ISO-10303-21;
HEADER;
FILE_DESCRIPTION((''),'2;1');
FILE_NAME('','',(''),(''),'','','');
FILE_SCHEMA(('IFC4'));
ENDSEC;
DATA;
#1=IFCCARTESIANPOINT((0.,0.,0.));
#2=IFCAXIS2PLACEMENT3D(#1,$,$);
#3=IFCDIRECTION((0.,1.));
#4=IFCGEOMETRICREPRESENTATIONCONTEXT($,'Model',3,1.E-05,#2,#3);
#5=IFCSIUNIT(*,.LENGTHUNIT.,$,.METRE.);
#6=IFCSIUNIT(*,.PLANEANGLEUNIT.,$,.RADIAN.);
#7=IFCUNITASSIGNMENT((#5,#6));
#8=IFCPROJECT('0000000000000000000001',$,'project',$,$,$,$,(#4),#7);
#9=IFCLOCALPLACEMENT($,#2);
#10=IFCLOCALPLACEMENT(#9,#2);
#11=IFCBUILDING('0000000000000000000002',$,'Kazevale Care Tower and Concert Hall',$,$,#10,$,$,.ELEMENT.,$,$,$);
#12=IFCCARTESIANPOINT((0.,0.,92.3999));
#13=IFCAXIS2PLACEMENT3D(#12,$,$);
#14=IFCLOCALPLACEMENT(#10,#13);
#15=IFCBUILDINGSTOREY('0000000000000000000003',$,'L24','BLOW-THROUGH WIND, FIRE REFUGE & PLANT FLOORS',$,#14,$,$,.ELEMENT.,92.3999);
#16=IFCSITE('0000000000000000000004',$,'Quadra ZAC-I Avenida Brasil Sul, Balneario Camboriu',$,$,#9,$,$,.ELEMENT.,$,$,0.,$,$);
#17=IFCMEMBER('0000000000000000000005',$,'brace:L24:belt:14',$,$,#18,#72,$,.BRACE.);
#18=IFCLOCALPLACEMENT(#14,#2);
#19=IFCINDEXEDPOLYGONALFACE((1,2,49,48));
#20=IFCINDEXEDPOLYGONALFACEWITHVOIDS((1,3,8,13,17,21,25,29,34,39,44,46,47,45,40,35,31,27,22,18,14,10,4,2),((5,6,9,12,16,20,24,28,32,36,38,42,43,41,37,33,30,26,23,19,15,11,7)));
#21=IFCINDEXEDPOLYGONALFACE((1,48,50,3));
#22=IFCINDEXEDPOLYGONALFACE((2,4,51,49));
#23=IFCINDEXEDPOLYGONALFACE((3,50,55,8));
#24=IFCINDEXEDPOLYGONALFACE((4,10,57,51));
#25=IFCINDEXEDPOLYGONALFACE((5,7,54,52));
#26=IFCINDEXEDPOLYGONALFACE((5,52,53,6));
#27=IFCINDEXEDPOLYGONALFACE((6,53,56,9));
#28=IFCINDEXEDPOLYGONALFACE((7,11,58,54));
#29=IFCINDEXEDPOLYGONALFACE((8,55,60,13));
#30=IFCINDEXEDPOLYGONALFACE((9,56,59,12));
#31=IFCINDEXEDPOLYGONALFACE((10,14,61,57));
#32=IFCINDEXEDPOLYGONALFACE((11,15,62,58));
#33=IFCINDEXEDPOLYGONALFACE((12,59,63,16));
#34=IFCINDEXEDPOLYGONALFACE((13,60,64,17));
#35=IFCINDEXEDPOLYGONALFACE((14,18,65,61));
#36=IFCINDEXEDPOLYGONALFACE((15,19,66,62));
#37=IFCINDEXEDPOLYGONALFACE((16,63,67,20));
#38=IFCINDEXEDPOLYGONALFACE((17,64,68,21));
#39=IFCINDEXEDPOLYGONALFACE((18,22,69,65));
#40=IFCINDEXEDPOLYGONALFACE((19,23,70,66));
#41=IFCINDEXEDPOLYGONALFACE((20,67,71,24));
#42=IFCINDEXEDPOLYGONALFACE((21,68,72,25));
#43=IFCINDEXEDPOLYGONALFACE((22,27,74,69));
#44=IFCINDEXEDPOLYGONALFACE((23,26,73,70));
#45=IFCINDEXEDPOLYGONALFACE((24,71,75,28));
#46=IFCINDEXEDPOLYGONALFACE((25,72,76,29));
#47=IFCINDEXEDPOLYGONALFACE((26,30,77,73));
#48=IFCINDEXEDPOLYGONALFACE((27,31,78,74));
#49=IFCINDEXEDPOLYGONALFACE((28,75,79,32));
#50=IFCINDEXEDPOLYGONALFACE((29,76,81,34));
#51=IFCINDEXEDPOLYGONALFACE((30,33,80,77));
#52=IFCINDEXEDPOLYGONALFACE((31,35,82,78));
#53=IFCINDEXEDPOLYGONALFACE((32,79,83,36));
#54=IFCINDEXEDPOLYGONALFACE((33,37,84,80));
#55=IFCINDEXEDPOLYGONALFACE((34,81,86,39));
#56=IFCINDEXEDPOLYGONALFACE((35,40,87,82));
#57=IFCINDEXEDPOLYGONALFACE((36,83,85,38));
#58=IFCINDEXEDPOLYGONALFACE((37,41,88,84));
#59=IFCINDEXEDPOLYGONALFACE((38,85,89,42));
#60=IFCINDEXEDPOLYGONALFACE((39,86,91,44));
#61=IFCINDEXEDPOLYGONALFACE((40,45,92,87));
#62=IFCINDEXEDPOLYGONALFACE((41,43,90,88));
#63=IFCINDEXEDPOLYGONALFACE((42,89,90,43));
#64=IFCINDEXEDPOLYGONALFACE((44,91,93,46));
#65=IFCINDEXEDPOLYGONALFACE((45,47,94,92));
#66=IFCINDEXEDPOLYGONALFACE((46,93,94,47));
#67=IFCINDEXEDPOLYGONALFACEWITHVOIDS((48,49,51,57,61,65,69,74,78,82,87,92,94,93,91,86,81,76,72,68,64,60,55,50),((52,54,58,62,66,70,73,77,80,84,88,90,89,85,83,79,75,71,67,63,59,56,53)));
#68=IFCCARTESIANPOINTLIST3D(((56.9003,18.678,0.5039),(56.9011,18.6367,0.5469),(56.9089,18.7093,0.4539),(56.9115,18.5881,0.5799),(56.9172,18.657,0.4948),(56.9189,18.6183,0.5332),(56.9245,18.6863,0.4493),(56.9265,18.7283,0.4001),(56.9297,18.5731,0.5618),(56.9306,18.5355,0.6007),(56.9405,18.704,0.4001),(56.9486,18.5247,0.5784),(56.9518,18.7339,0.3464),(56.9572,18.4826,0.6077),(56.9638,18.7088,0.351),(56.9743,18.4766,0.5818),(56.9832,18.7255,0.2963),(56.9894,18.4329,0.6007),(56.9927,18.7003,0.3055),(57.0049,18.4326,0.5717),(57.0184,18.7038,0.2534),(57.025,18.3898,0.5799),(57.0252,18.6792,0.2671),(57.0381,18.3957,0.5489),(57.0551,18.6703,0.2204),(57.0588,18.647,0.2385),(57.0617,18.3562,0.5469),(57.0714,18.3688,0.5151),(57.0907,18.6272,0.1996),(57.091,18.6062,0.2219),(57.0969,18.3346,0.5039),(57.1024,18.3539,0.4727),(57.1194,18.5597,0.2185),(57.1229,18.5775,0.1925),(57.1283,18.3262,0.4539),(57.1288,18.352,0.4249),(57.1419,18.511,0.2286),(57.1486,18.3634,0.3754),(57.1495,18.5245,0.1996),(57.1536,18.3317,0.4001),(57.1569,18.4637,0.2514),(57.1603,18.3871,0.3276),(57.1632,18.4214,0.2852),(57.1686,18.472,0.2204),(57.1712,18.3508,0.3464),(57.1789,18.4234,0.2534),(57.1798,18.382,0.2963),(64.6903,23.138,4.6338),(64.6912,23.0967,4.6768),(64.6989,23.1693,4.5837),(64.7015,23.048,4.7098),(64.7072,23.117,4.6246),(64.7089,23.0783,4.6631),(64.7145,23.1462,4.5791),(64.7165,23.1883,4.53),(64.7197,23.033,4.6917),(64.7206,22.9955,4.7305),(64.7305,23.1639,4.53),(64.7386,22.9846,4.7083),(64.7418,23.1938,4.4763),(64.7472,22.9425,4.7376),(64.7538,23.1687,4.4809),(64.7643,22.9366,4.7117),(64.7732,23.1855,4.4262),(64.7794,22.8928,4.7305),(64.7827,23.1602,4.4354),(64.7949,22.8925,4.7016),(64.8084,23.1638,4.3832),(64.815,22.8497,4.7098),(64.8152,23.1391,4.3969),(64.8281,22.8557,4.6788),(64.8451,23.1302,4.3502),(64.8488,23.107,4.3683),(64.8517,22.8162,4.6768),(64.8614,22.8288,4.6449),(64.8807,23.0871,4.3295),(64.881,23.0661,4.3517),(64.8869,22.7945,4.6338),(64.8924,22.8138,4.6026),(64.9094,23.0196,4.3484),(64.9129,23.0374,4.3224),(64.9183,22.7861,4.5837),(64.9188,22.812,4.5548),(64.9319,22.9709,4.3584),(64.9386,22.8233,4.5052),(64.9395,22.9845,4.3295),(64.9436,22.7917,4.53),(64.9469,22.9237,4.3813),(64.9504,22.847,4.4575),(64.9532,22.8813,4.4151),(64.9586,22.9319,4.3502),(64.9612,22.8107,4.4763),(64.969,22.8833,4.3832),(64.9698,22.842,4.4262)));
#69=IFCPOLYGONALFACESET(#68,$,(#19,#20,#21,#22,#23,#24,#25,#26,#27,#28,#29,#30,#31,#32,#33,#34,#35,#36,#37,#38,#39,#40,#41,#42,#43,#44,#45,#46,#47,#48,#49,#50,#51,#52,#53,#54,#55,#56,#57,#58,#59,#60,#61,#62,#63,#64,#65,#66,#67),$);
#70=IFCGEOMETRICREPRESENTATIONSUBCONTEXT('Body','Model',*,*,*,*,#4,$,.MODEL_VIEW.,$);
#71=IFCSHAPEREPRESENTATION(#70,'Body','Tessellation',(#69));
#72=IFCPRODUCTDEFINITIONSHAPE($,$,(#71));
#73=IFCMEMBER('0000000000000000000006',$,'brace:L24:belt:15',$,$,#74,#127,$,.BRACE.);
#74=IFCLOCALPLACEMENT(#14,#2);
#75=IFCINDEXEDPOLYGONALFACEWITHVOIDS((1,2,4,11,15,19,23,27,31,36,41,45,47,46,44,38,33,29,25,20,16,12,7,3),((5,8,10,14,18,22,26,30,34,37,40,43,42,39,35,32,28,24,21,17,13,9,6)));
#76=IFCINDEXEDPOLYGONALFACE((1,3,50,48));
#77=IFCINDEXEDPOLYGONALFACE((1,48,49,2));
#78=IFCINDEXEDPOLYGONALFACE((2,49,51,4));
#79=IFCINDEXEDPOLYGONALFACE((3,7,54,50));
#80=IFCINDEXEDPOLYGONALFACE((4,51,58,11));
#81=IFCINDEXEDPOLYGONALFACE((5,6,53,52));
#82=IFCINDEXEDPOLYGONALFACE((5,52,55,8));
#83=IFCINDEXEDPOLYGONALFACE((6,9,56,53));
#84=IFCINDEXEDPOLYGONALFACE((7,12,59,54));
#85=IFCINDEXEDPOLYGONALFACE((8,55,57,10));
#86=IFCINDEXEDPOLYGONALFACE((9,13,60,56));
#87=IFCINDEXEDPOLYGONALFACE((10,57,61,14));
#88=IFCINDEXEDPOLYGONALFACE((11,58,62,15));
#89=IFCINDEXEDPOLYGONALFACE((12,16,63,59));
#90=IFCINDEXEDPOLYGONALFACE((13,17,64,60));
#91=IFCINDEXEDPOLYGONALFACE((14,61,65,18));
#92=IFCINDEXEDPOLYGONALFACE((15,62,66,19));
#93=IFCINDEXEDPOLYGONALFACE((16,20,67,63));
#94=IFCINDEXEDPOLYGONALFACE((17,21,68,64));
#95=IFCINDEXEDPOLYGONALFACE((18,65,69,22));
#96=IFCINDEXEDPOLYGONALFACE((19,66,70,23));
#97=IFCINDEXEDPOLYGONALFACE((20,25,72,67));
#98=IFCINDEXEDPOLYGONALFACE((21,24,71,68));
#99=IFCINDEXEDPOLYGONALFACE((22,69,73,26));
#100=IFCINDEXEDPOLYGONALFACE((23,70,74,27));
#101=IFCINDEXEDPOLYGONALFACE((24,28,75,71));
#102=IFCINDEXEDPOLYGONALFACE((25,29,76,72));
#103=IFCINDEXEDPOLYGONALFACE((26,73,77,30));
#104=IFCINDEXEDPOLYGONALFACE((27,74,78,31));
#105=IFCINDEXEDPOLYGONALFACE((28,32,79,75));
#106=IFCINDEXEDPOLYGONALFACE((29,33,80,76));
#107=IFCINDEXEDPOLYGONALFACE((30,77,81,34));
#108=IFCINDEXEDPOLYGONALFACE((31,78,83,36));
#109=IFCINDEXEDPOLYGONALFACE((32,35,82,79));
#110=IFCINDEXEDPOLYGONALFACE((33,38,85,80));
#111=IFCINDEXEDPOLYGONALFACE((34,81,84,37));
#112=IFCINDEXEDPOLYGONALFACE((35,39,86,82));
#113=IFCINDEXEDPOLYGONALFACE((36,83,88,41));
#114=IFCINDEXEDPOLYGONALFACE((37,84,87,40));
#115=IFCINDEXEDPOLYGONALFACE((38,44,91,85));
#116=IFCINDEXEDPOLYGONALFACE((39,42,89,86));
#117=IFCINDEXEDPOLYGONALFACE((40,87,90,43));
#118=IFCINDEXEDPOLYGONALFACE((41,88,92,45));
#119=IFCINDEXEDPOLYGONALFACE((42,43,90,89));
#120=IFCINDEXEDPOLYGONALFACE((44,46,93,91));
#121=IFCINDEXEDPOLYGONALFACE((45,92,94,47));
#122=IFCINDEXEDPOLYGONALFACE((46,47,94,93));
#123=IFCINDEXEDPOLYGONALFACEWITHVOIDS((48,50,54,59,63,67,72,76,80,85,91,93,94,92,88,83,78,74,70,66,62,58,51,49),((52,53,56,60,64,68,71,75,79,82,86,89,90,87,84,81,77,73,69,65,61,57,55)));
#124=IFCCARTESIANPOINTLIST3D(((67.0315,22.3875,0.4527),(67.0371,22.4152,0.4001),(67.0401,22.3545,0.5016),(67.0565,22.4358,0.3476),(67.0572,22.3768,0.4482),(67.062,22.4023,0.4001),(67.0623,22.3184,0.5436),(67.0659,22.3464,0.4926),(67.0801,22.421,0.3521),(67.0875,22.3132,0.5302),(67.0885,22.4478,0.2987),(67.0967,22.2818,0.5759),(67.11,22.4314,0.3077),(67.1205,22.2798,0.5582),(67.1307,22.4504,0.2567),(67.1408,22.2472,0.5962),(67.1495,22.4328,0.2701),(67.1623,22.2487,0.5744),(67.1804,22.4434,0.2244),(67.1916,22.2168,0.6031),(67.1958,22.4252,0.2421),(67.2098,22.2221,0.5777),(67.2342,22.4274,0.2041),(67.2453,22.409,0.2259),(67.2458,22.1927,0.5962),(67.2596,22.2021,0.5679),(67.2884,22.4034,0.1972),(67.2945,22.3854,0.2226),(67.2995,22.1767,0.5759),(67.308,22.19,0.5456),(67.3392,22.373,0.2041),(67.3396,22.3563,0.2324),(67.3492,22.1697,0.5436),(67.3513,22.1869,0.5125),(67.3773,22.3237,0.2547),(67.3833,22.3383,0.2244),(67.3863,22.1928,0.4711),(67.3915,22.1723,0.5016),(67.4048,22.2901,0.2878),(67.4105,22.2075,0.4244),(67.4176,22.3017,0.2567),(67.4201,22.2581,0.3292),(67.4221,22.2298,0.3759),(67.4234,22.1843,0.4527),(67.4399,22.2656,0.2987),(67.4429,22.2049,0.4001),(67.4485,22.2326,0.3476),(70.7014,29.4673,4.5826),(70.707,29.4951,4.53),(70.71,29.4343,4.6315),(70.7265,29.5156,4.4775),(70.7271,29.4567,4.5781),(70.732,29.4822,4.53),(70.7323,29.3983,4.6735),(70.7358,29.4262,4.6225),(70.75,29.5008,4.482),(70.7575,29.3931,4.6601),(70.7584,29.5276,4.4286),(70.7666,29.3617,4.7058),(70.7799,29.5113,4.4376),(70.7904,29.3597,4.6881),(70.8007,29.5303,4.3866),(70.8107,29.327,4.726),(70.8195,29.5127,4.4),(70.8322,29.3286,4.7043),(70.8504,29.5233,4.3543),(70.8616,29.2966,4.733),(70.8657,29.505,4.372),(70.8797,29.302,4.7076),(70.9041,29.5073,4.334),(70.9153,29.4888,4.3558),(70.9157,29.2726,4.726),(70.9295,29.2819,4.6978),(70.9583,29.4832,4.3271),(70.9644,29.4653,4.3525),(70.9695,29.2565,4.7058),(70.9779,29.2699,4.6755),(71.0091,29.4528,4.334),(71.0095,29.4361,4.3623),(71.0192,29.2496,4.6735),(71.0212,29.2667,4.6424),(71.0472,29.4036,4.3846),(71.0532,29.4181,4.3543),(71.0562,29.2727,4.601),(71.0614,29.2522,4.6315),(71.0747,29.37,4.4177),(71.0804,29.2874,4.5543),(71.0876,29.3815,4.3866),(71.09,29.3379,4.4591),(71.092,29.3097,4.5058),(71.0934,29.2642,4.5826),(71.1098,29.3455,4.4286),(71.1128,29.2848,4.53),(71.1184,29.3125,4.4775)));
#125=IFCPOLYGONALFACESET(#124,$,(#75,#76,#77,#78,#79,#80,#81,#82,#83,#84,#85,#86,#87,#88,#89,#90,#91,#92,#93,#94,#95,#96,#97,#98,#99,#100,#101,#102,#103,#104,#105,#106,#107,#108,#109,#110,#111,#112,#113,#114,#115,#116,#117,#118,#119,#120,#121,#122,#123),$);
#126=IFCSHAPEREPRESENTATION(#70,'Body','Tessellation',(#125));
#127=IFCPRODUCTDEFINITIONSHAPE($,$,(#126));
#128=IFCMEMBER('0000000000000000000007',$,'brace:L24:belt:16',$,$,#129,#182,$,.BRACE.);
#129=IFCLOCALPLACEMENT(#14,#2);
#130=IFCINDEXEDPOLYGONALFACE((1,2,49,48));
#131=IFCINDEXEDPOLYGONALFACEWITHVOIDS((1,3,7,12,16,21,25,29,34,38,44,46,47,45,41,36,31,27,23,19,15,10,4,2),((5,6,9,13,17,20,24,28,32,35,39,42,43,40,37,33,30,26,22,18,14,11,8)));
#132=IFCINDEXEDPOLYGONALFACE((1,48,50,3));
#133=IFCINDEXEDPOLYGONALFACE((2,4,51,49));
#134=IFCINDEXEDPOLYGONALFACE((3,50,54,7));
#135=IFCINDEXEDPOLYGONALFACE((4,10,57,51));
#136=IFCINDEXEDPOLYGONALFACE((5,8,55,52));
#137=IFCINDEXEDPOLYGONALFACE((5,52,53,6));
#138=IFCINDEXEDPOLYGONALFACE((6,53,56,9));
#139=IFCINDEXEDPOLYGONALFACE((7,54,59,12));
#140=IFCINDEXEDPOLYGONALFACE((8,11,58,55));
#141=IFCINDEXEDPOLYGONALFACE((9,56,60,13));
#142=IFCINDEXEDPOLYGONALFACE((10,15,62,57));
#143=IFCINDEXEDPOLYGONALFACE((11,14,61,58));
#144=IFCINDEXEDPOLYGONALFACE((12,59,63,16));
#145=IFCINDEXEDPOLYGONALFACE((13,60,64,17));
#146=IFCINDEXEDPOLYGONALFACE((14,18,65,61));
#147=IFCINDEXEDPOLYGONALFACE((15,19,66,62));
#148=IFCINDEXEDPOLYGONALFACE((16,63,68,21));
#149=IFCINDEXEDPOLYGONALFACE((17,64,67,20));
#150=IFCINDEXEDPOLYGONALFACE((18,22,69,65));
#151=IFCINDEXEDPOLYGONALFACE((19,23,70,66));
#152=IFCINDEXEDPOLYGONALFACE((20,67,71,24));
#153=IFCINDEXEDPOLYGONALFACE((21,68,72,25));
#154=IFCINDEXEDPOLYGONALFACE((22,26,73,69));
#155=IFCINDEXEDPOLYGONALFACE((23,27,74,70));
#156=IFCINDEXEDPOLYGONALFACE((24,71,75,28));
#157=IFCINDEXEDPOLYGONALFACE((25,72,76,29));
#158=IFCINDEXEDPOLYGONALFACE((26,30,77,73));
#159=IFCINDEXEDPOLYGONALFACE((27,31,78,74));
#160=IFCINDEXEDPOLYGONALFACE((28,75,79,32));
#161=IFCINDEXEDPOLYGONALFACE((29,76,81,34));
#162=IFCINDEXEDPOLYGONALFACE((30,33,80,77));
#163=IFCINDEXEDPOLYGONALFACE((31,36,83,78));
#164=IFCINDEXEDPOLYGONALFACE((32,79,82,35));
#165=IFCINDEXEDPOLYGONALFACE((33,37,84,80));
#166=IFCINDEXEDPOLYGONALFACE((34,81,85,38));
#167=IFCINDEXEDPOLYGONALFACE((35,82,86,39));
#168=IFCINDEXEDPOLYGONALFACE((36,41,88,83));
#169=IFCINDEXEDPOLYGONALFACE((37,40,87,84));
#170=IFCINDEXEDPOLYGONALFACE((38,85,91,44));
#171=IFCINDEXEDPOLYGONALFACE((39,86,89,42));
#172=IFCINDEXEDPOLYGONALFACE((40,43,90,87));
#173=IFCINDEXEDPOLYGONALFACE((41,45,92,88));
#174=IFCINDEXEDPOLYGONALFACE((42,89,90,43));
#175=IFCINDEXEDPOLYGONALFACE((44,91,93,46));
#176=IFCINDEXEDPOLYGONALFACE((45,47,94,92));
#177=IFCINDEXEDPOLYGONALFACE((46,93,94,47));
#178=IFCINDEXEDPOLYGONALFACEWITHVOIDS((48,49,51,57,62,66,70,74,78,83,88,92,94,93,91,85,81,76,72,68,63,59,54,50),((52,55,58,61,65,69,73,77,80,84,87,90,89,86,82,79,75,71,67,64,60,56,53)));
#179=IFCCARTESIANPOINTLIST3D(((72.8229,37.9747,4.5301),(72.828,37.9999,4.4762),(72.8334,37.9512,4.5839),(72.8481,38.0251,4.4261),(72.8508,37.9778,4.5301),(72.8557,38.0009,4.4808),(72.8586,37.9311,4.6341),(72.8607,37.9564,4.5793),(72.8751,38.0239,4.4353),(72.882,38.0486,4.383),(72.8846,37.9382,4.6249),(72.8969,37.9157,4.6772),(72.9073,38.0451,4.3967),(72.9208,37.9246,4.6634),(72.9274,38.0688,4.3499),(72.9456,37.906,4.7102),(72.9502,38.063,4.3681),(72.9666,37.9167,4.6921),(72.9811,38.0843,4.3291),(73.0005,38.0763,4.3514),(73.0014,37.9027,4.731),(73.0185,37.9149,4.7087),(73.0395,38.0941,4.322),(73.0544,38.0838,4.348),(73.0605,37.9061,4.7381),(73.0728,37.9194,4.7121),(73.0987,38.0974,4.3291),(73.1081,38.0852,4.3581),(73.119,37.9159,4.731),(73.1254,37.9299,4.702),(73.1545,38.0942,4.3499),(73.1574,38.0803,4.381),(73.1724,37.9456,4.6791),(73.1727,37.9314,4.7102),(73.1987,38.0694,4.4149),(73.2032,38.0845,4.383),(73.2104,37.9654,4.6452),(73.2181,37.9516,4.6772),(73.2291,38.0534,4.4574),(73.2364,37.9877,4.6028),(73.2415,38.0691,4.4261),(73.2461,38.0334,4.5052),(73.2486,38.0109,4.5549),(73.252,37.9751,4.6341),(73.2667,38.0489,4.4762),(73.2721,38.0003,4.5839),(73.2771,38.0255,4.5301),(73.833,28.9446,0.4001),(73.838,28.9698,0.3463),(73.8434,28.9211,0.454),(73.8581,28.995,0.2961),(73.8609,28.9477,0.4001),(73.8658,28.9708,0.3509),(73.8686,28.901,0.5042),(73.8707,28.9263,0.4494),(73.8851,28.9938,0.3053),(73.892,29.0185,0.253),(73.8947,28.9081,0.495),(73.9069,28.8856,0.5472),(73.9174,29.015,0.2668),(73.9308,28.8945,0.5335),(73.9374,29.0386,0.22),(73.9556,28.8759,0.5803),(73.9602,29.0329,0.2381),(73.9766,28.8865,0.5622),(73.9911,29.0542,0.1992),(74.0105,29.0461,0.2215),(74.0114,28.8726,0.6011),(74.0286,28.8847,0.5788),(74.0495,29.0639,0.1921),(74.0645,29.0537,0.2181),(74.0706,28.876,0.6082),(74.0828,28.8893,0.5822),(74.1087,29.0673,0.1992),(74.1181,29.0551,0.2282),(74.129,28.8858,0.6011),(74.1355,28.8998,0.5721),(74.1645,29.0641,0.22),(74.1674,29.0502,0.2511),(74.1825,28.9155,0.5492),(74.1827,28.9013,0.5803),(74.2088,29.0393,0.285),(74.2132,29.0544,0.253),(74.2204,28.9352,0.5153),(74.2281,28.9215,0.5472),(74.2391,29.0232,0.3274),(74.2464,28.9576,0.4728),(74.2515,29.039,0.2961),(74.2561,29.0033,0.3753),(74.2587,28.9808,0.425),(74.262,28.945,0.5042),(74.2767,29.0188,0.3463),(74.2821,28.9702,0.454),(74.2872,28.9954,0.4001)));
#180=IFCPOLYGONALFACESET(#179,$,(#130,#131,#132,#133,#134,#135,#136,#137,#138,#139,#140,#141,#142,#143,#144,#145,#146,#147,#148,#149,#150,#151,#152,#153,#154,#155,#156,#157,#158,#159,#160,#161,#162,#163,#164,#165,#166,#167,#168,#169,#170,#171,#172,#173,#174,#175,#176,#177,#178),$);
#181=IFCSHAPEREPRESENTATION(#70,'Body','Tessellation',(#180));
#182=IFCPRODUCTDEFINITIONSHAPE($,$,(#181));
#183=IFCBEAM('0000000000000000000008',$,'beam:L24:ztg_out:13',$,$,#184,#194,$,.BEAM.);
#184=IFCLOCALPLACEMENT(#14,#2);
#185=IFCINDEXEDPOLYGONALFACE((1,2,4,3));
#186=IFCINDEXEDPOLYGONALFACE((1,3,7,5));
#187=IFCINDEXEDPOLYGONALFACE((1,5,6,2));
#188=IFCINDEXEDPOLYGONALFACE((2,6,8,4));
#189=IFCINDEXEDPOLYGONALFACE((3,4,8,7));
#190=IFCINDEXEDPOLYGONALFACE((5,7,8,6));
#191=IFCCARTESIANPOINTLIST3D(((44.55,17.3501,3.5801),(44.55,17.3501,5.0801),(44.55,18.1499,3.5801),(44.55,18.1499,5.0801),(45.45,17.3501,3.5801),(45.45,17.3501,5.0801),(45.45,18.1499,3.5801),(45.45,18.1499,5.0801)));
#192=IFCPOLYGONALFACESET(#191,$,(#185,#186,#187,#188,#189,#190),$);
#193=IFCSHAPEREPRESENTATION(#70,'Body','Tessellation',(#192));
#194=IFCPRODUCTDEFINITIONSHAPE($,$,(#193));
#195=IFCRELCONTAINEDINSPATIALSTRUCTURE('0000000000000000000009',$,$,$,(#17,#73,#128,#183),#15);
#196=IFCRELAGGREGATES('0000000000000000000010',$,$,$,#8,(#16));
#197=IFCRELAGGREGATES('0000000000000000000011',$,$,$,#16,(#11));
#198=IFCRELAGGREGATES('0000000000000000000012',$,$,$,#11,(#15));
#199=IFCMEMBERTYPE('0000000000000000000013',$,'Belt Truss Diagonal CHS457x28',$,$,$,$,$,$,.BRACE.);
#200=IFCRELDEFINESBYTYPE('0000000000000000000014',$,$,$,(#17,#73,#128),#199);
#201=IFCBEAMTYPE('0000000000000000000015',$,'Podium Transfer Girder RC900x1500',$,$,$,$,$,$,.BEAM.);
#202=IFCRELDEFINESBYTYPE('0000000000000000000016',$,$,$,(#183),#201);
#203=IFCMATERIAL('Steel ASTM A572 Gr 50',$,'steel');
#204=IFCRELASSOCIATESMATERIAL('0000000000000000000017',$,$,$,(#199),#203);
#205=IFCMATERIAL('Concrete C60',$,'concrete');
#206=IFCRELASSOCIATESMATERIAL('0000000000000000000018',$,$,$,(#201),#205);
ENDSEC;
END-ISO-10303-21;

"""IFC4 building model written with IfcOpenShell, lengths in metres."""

from ifc_helpers import new_model, si_unit, direction, frame, origin, origin_2d, place, context, subcontext, project, spatial, rectangle, hollow_circle, extrude, material, material_profile, profile_set, type_object, element, save


model = new_model("IFC4")

# Units and contexts
model_context = context("Model", 3, precision=1e-05, world=origin(), true_north=direction((0.0, 1.0)))
body_context = subcontext(model_context, "Body", "Model", "MODEL_VIEW")
ifc_project = project(units=[si_unit("LENGTHUNIT", "METRE"), si_unit("PLANEANGLEUNIT", "RADIAN")], contexts=[model_context])

# Site, building, storey
site_placement = place(None, origin())
site = spatial("IfcSite", under=ifc_project, at=site_placement, Name="Quadra ZAC-I Avenida Brasil Sul, Balneario Camboriu", CompositionType="ELEMENT", RefElevation=0.0)
building_placement = place(site_placement, origin())
building = spatial("IfcBuilding", under=site, at=building_placement, Name="Kazevale Care Tower and Concert Hall", CompositionType="ELEMENT")
storey_placement = place(building_placement, frame((0.0, 0.0, 92.3999)))
storey = spatial("IfcBuildingStorey", under=building, at=storey_placement, Name="L24", Description="BLOW-THROUGH WIND, FIRE REFUGE & PLANT FLOORS", CompositionType="ELEMENT", Elevation=92.3999)

# Members
ifc_material_1 = material(Name="Steel ASTM A572 Gr 50", Category="steel")
ifc_material_profile_1 = material_profile(ifc_material_1, hollow_circle(Radius=0.2285, WallThickness=0.0281, at=origin_2d()), Name="CHS457x28")
ifc_profile_set_1 = profile_set([ifc_material_profile_1], Name="Steel ASTM A572 Gr 50")
member_type = type_object("IfcMemberType", Name="Belt Truss Diagonal CHS457x28", PredefinedType="BRACE", material=ifc_profile_set_1)
member_1_placement = place(storey_placement, frame((57.04, 18.53, 0.4001), z_axis=(0.788395, 0.451373, 0.417967), x_axis=(-0.496853, 0.867834, 0.0)))
element("IfcMember", 1, at=member_1_placement, inside=storey, type_object=member_type, Name="brace:L24:belt:14", PredefinedType="BRACE", context=body_context, shape_type="SweptSolid", body=[
    extrude(hollow_circle(Radius=0.2285, WallThickness=0.0281, at=origin_2d()), origin(), (0.0, 0.0, 1.0), 9.8809),
])
member_2_placement = place(storey_placement, frame((67.24, 22.3101, 0.4001), z_axis=(0.408657, 0.788362, 0.459875), x_axis=(-0.887811, 0.460208, 0.0)))
element("IfcMember", 2, at=member_2_placement, inside=storey, type_object=member_type, Name="brace:L24:belt:15", PredefinedType="BRACE", context=body_context, shape_type="SweptSolid", body=[
    extrude(hollow_circle(Radius=0.2285, WallThickness=0.0281, at=origin_2d()), origin(), (0.0, 0.0, 1.0), 8.9805),
])
member_3_placement = place(storey_placement, frame((74.0601, 28.97, 0.4001), z_axis=(-0.101195, 0.904735, 0.41378), x_axis=(-0.993803, -0.111157, 0.0)))
element("IfcMember", 3, at=member_3_placement, inside=storey, type_object=member_type, Name="brace:L24:belt:16", PredefinedType="BRACE", context=body_context, shape_type="SweptSolid", body=[
    extrude(hollow_circle(Radius=0.2285, WallThickness=0.0281, at=origin_2d()), origin(), (0.0, 0.0, 1.0), 9.981),
])

# Beam
ifc_material_2 = material(Name="Concrete C60", Category="concrete")
ifc_material_profile_2 = material_profile(ifc_material_2, rectangle(XDim=0.8999, YDim=1.5, at=origin_2d()), Name="RC-TG900x1500")
ifc_profile_set_2 = profile_set([ifc_material_profile_2], Name="Concrete C60")
beam_type_1 = type_object("IfcBeamType", Name="Podium Transfer Girder RC900x1500", PredefinedType="BEAM", material=ifc_profile_set_2)
beam_1_placement = place(storey_placement, frame((45.0, 18.1499, 4.3301), z_axis=(0.0, -1.0, 0.0), x_axis=(1.0, 0.0, 0.0)))
element("IfcBeam", 4, at=beam_1_placement, inside=storey, type_object=beam_type_1, Name="beam:L24:ztg_out:13", PredefinedType="BEAM", context=body_context, shape_type="SweptSolid", body=[
    extrude(rectangle(XDim=0.8999, YDim=1.5, at=origin_2d()), origin(), (0.0, 0.0, 1.0), 0.7998),
])

save(model, "model.ifc")
